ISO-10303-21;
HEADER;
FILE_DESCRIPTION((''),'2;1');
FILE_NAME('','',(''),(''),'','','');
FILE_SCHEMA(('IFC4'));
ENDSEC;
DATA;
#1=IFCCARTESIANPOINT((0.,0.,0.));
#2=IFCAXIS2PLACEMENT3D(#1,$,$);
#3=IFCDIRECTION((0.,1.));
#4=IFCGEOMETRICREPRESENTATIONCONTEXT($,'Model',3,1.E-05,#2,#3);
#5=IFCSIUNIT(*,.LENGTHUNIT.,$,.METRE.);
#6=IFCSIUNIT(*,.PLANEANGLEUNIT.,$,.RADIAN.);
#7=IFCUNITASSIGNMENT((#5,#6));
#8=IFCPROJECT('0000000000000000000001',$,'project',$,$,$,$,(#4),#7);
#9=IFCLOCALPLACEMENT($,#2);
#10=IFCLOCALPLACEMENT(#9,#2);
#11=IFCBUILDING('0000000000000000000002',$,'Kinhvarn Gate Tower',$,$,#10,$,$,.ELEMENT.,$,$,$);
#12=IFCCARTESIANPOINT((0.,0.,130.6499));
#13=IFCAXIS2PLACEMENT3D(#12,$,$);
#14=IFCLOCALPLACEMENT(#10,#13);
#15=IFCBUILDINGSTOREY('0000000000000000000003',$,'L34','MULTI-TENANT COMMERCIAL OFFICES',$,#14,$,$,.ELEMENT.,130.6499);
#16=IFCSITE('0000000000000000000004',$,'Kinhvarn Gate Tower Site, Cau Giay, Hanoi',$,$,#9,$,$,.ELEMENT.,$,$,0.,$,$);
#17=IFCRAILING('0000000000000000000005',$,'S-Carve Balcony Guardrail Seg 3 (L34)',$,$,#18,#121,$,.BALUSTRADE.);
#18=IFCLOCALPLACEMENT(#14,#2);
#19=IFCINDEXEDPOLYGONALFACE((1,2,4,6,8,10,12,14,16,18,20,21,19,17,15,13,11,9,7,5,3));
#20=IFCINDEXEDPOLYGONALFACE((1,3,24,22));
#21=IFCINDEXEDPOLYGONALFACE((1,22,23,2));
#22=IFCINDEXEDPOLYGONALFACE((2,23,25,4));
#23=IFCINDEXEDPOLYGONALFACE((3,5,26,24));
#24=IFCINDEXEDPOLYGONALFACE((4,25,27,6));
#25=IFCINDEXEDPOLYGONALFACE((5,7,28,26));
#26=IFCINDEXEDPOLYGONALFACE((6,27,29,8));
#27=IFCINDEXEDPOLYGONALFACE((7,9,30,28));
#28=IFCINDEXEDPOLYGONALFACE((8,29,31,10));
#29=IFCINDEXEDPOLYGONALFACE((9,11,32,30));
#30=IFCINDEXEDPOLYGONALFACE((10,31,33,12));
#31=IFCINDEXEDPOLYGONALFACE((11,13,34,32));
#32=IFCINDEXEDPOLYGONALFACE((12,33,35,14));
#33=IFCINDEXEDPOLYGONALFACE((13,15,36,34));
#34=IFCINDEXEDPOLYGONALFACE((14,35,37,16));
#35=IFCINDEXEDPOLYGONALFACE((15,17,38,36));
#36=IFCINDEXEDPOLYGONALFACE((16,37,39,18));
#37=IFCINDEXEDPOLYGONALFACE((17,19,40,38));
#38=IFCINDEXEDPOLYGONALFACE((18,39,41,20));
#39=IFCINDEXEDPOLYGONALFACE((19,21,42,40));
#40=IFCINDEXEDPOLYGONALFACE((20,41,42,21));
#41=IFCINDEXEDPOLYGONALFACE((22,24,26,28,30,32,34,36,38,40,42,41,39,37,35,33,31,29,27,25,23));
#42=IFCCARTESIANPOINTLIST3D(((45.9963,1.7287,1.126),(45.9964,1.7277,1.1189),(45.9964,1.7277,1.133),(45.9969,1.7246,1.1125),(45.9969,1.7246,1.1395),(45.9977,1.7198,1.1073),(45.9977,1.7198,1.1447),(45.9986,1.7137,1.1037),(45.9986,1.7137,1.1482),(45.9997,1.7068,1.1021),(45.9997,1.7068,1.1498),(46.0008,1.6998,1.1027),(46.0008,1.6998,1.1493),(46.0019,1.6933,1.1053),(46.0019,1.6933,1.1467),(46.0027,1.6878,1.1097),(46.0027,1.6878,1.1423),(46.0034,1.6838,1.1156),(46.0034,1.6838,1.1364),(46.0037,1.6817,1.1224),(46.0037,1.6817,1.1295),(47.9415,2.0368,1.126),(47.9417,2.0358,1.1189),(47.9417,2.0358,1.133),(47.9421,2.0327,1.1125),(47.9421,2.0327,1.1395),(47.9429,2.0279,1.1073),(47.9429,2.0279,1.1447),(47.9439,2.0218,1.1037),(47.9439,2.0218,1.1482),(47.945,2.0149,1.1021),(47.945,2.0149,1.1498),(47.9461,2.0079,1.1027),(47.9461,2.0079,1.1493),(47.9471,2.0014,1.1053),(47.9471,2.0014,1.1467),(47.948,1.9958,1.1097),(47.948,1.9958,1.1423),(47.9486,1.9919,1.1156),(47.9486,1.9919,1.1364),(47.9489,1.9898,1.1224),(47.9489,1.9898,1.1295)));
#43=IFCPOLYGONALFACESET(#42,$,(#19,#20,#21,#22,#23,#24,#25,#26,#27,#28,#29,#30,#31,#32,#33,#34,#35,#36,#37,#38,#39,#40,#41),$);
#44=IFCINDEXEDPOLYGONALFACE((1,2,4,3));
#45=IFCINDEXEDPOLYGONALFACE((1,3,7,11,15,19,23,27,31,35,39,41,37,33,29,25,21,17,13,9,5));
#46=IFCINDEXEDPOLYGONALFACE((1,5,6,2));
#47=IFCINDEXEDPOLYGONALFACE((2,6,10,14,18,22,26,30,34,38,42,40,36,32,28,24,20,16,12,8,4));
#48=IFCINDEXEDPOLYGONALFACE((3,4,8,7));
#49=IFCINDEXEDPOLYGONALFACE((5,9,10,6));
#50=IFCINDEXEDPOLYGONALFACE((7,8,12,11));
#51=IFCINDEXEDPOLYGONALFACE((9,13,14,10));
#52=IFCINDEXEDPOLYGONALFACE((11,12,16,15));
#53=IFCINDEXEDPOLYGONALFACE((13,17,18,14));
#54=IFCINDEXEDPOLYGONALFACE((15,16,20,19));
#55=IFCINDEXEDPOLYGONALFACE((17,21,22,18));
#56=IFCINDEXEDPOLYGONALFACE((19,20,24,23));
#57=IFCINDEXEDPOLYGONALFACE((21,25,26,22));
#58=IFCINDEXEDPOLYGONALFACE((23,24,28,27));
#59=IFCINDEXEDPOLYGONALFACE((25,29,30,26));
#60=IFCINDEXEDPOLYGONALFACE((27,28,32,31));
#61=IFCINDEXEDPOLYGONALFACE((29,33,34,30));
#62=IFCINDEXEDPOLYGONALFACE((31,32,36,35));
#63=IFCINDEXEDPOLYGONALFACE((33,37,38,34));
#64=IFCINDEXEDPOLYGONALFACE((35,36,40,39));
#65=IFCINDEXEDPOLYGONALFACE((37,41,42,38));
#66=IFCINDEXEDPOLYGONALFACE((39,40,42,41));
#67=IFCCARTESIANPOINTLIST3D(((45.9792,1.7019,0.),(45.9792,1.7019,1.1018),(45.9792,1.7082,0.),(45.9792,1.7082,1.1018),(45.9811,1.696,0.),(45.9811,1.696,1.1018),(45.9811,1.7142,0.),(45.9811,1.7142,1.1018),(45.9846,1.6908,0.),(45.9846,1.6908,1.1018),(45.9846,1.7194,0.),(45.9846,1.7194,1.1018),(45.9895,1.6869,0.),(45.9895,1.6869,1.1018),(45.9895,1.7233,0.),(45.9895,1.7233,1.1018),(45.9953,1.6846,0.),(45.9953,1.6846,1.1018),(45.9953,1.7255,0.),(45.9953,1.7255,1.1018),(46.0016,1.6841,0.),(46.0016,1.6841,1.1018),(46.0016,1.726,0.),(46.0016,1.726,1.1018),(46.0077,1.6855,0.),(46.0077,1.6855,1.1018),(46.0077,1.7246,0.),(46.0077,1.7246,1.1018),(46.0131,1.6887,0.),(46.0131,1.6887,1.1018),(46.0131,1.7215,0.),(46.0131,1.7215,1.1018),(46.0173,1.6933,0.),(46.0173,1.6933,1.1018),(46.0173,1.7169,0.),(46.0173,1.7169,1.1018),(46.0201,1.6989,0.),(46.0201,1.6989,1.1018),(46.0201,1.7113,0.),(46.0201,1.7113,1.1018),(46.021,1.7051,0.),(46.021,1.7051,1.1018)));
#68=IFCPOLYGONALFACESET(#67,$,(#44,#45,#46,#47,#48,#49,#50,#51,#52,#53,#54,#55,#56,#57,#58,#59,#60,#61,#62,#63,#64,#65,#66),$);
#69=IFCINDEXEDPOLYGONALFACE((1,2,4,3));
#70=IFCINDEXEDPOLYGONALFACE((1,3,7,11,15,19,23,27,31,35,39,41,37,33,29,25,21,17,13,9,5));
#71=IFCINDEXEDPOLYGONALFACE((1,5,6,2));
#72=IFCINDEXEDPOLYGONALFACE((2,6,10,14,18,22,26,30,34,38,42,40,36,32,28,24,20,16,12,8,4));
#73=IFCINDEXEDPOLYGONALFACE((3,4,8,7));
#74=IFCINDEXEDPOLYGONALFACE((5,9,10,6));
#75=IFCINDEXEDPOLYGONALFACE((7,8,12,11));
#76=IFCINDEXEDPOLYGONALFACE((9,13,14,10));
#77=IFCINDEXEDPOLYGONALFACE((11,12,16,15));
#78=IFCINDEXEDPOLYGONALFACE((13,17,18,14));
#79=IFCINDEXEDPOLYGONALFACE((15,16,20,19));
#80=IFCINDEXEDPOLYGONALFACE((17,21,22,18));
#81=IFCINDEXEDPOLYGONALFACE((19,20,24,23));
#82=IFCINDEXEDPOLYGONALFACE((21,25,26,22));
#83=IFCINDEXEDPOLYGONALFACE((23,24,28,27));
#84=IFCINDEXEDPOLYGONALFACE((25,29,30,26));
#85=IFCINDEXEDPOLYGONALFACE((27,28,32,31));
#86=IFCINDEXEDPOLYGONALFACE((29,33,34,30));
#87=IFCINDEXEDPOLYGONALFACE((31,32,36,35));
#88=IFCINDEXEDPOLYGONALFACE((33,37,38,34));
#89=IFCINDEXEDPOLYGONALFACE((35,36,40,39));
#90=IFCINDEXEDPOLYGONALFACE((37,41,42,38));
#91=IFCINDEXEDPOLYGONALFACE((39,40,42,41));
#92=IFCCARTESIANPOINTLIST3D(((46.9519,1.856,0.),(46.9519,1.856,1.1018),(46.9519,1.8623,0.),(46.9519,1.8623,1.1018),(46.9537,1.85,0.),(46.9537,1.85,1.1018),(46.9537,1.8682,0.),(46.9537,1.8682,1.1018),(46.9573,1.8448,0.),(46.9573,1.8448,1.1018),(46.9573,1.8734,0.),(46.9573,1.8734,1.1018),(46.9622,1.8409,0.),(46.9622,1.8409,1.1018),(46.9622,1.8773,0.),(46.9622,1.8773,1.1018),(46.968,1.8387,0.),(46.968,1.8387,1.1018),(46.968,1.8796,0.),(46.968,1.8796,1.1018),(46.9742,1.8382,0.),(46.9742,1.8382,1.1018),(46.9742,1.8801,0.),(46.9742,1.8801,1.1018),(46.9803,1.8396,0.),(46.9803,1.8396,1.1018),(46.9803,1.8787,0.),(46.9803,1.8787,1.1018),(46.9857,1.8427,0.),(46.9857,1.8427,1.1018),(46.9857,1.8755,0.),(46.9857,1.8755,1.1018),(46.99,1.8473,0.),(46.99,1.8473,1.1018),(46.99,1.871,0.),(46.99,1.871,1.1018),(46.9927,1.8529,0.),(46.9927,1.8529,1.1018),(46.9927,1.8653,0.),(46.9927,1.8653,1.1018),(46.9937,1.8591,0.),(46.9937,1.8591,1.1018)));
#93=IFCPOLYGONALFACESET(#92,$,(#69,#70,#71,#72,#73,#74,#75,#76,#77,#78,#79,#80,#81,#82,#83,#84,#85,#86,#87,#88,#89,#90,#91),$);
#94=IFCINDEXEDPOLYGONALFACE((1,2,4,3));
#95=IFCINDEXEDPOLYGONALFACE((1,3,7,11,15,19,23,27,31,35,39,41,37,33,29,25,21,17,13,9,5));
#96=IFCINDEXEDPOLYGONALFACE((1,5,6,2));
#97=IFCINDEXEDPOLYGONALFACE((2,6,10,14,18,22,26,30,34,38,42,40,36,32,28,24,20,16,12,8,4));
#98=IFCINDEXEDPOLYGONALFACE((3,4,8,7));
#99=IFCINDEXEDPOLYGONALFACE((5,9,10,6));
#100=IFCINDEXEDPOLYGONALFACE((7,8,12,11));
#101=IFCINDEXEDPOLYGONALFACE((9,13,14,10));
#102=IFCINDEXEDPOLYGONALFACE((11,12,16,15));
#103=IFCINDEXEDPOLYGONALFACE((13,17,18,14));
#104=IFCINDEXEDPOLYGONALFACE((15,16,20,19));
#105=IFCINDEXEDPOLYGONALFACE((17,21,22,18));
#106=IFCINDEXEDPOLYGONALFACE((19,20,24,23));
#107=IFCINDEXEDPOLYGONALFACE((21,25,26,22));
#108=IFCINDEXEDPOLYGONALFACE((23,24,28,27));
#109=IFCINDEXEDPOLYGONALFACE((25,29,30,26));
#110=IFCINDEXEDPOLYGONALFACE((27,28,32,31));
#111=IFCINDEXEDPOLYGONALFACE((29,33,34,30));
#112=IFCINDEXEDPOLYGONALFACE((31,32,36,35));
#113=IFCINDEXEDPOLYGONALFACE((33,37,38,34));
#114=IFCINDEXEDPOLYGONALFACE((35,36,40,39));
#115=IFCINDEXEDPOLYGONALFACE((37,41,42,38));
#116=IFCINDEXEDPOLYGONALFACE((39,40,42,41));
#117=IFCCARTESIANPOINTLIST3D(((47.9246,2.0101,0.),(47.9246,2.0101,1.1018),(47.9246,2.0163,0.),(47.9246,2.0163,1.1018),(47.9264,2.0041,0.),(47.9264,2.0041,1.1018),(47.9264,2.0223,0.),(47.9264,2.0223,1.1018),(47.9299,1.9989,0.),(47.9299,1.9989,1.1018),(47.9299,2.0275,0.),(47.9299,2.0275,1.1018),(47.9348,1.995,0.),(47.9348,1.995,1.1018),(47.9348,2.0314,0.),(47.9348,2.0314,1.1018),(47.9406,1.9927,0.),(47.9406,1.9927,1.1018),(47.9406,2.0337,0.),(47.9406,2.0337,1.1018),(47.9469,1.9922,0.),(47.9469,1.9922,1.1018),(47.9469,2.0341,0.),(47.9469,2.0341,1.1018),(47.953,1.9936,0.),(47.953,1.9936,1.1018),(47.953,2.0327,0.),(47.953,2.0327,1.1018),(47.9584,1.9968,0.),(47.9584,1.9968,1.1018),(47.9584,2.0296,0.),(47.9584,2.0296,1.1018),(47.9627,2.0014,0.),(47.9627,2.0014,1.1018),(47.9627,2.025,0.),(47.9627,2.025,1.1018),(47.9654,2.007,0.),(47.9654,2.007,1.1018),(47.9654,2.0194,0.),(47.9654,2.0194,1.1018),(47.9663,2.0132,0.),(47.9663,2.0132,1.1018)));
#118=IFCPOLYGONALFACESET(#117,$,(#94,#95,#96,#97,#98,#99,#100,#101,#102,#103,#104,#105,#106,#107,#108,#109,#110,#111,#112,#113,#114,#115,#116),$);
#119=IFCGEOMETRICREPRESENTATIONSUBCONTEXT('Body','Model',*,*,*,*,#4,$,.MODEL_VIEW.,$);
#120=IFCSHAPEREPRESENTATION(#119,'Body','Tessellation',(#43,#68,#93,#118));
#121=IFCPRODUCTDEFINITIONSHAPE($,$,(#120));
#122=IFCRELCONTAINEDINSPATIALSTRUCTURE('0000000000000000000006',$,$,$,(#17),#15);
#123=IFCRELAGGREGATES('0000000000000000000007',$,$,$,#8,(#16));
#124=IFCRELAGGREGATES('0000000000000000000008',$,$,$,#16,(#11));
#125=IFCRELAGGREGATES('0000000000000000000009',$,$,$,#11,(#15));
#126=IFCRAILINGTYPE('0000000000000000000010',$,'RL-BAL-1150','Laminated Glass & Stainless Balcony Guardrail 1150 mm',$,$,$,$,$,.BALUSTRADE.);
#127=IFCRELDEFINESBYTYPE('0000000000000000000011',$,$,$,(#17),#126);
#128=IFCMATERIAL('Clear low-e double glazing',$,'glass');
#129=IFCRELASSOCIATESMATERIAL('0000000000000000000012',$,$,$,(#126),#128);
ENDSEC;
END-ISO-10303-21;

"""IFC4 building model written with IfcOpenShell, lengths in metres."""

from ifc_helpers import new_model, si_unit, direction, frame, origin, origin_2d, place, context, subcontext, project, spatial, circle, extrude, material, type_object, element, save


model = new_model("IFC4")

# Units and contexts
model_context = context("Model", 3, precision=1e-05, world=origin(), true_north=direction((0.0, 1.0)))
body_context = subcontext(model_context, "Body", "Model", "MODEL_VIEW")
ifc_project = project(units=[si_unit("LENGTHUNIT", "METRE"), si_unit("PLANEANGLEUNIT", "RADIAN")], contexts=[model_context])

# Site, building, storey
site_placement = place(None, origin())
site = spatial("IfcSite", under=ifc_project, at=site_placement, Name="Kinhvarn Gate Tower Site, Cau Giay, Hanoi", CompositionType="ELEMENT", RefElevation=0.0)
building_placement = place(site_placement, origin())
building = spatial("IfcBuilding", under=site, at=building_placement, Name="Kinhvarn Gate Tower", CompositionType="ELEMENT")
storey_placement = place(building_placement, frame((0.0, 0.0, 130.6499)))
storey = spatial("IfcBuildingStorey", under=building, at=storey_placement, Name="L34", Description="MULTI-TENANT COMMERCIAL OFFICES", CompositionType="ELEMENT", Elevation=130.6499)

# Shared definitions
ifc_material_1 = material(Name="Clear low-e double glazing", Category="glass")

# Railing
railing_type = type_object("IfcRailingType", Name="RL-BAL-1150", Description="Laminated Glass & Stainless Balcony Guardrail 1150 mm", PredefinedType="BALUSTRADE", material=ifc_material_1)
railing_1_placement = place(storey_placement, frame((46.0, 1.7051, 0.0)))
element("IfcRailing", 1, at=railing_1_placement, inside=storey, type_object=railing_type, Name="S-Carve Balcony Guardrail Seg 3 (L34)", PredefinedType="BALUSTRADE", context=body_context, shape_type="SweptSolid", body=[
    extrude(circle(Radius=0.0239, at=origin_2d()), frame((0.0, 0.0, 1.126), z_axis=(0.987688, 0.156434, 0.0), x_axis=(-0.156434, 0.987688, 0.0)), (0.0, 0.0, 1.0), 1.9695),
    extrude(circle(Radius=0.021, at=origin_2d()), origin(), (0.0, 0.0, 1.0), 1.1018),
    extrude(circle(Radius=0.021, at=origin_2d()), frame((0.9727, 0.1541, 0.0)), (0.0, 0.0, 1.0), 1.1018),
    extrude(circle(Radius=0.021, at=origin_2d()), frame((1.9453, 0.3081, 0.0)), (0.0, 0.0, 1.0), 1.1018),
])

save(model, "model.ifc")
